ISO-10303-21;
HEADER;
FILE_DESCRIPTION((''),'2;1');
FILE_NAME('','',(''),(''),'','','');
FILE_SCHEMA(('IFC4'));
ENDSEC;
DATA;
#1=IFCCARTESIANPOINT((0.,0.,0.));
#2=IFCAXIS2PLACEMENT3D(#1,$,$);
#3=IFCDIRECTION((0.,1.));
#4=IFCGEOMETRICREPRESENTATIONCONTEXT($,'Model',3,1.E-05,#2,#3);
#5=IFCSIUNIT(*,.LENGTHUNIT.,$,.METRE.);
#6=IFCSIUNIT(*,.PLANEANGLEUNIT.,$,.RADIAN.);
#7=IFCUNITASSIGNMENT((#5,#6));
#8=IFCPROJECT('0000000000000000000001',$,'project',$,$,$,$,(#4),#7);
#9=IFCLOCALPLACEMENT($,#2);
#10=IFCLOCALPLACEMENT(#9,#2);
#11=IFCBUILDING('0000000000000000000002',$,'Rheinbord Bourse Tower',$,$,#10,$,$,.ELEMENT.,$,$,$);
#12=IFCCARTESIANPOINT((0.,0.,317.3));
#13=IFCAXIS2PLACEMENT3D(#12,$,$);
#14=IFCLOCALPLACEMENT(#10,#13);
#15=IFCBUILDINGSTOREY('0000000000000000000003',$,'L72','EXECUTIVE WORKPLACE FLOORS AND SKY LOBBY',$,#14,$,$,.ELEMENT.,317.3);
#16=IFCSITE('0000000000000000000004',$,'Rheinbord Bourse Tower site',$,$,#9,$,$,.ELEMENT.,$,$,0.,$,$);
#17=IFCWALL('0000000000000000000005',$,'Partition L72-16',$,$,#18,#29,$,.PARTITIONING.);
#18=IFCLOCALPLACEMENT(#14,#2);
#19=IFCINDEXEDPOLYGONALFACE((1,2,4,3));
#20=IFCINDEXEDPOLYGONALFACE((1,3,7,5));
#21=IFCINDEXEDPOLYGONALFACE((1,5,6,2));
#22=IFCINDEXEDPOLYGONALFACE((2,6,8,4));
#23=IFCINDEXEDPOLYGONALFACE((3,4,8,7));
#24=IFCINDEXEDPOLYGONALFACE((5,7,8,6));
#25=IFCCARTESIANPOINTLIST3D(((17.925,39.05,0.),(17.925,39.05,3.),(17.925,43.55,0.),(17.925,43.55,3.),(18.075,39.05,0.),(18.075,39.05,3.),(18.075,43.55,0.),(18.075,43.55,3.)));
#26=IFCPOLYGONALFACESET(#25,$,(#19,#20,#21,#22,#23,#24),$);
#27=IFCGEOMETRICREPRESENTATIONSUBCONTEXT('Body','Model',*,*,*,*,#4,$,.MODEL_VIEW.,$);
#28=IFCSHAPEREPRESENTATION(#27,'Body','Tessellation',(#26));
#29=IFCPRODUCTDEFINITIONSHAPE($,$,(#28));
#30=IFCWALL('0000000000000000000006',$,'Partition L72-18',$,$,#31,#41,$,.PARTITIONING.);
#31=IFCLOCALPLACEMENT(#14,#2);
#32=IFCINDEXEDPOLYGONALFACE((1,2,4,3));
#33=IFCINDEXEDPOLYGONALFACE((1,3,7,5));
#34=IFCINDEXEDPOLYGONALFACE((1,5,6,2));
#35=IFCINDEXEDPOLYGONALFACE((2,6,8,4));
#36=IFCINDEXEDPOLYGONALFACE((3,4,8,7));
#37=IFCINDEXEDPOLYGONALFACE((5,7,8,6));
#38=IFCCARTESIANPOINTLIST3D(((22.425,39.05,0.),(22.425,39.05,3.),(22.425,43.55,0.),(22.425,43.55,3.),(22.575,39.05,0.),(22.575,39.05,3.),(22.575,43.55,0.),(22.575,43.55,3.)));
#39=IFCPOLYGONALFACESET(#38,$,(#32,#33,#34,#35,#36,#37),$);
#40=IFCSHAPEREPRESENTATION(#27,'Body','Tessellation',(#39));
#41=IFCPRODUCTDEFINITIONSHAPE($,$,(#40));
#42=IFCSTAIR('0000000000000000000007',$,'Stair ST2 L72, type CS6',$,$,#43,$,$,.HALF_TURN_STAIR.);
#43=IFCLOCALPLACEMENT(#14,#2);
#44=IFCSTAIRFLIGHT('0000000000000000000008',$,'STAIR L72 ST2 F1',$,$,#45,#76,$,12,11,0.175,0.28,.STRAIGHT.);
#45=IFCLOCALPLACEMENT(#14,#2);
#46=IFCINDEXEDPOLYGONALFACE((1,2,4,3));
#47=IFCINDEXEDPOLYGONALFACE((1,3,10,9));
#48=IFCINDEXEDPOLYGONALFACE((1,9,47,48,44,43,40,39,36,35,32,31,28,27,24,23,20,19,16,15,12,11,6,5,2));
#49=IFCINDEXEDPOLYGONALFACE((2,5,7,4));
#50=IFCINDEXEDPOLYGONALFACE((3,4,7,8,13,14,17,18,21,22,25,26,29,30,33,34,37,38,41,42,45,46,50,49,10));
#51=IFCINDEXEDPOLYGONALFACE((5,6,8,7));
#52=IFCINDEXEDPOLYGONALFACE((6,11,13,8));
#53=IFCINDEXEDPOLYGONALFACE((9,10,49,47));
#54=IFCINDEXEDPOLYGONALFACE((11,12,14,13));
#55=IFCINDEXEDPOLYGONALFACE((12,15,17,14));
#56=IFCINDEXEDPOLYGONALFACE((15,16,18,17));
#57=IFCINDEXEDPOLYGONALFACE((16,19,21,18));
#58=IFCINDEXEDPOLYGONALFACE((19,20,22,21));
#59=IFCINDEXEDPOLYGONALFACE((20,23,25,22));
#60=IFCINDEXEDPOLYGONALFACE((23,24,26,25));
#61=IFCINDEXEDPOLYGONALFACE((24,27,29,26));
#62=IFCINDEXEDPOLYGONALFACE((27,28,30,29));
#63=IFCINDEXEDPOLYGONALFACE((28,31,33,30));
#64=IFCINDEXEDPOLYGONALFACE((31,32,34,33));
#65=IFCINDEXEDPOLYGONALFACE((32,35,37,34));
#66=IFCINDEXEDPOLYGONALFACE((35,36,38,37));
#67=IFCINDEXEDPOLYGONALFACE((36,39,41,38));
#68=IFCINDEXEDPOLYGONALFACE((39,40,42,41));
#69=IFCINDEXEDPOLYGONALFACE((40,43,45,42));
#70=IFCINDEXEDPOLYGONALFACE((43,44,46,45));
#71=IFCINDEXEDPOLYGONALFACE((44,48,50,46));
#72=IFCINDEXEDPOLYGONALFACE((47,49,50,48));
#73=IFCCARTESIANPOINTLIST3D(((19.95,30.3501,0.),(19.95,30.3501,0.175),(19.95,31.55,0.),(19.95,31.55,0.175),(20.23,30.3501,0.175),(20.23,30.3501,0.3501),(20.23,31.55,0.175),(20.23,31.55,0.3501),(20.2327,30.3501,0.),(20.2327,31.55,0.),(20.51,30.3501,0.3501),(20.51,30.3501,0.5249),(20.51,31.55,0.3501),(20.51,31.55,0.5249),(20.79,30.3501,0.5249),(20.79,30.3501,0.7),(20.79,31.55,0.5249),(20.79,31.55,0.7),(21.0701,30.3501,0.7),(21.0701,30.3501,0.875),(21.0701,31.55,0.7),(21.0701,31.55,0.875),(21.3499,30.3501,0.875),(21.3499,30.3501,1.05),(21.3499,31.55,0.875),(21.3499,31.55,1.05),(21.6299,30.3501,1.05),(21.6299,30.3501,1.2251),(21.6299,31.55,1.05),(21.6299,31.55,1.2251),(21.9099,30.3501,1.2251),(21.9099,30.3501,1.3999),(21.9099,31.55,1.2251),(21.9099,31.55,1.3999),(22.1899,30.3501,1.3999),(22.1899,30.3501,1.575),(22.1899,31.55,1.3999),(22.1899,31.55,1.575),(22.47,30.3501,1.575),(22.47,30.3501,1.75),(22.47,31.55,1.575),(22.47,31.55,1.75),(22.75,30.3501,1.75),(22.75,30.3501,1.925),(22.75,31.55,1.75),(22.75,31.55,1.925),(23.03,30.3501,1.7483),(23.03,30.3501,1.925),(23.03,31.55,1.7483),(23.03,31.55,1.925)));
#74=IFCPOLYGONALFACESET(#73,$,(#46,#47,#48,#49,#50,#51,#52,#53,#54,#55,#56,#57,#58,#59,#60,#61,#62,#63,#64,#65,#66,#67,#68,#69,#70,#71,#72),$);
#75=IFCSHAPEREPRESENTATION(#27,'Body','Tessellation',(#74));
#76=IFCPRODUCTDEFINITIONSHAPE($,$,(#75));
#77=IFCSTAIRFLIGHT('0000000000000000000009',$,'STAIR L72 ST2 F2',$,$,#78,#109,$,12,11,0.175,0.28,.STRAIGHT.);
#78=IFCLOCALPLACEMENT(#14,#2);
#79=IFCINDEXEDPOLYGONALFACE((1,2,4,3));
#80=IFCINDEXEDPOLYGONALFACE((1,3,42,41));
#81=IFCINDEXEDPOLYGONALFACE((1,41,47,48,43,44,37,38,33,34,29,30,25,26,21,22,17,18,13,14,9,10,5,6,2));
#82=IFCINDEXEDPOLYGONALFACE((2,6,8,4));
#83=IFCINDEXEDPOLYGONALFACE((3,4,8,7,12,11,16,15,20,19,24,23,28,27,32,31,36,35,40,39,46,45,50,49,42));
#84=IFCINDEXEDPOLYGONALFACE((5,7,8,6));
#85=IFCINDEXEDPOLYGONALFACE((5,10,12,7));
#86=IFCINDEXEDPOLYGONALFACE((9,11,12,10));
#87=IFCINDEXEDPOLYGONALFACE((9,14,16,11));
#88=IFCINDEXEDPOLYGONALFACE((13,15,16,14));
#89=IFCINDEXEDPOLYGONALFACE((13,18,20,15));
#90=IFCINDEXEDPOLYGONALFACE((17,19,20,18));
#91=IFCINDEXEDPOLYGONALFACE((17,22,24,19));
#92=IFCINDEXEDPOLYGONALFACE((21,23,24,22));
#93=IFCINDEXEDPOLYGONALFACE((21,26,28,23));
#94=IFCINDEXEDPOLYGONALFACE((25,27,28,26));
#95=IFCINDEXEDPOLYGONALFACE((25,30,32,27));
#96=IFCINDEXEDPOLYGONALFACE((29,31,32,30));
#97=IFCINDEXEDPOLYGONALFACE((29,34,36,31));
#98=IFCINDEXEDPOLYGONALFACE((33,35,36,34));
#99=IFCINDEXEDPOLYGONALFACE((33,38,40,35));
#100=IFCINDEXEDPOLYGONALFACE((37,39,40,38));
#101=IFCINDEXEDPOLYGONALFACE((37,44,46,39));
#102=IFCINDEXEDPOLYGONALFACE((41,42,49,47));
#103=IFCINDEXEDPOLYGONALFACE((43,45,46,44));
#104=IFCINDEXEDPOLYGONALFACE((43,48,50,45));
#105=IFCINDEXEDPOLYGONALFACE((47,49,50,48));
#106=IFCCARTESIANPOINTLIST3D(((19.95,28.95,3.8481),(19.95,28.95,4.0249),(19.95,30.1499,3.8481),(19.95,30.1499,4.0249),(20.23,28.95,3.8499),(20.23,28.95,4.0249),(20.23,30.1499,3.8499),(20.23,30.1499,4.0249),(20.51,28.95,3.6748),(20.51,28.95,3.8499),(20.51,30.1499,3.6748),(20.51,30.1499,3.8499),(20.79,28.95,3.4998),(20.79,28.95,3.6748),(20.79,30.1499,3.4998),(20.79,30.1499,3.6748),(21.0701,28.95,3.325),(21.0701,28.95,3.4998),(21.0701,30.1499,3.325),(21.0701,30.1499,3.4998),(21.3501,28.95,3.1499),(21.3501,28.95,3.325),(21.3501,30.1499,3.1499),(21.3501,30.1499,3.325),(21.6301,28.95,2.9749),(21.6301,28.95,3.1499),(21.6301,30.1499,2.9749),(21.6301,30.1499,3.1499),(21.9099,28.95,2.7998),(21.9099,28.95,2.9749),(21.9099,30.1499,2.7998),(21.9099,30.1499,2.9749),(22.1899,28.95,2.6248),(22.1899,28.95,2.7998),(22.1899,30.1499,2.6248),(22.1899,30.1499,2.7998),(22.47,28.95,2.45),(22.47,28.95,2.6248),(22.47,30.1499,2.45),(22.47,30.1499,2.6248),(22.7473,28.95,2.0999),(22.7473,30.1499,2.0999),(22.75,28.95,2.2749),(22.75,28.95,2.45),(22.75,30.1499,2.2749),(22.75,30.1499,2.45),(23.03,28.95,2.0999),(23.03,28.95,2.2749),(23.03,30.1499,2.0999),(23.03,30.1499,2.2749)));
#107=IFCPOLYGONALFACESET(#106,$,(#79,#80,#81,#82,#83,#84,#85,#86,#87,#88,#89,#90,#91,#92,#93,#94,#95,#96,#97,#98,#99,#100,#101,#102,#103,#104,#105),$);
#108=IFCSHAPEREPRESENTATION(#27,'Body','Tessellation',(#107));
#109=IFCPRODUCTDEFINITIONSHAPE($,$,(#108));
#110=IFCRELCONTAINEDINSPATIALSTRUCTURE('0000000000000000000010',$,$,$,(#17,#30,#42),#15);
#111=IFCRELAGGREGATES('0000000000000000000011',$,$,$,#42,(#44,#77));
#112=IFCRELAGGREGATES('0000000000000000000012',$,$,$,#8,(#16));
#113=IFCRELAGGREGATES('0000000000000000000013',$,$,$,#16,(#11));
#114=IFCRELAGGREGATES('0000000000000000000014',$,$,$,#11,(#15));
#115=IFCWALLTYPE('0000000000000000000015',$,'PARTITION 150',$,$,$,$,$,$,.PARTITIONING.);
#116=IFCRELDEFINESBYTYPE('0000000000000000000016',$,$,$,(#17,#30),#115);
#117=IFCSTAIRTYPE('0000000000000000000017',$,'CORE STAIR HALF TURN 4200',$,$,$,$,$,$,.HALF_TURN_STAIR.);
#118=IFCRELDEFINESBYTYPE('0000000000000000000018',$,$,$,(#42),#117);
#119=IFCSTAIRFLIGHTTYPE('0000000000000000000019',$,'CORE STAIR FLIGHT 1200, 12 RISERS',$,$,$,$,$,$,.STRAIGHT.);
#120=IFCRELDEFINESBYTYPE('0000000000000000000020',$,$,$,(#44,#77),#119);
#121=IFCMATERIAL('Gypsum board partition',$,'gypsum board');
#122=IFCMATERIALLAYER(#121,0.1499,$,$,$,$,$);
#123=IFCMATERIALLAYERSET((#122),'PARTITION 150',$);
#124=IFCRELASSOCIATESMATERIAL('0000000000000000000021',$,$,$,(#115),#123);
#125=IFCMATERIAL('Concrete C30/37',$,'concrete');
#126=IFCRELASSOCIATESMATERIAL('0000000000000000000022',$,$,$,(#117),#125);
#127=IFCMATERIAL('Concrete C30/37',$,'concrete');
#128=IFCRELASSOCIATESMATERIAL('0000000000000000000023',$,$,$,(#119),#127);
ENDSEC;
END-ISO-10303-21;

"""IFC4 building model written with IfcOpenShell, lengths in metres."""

from ifc_helpers import new_model, si_unit, direction, frame, frame_2d, origin, place, context, subcontext, project, spatial, polyline, rectangle, outline, extrude, material, layer, layer_set, type_object, element, aggregate, save


model = new_model("IFC4")

# Units and contexts
model_context = context("Model", 3, precision=1e-05, world=origin(), true_north=direction((0.0, 1.0)))
body_context = subcontext(model_context, "Body", "Model", "MODEL_VIEW")
ifc_project = project(units=[si_unit("LENGTHUNIT", "METRE"), si_unit("PLANEANGLEUNIT", "RADIAN")], contexts=[model_context])

# Site, building, storey
site_placement = place(None, origin())
site = spatial("IfcSite", under=ifc_project, at=site_placement, Name="Rheinbord Bourse Tower site", CompositionType="ELEMENT", RefElevation=0.0)
building_placement = place(site_placement, origin())
building = spatial("IfcBuilding", under=site, at=building_placement, Name="Rheinbord Bourse Tower", CompositionType="ELEMENT")
storey_placement = place(building_placement, frame((0.0, 0.0, 317.3)))
storey = spatial("IfcBuildingStorey", under=building, at=storey_placement, Name="L72", Description="EXECUTIVE WORKPLACE FLOORS AND SKY LOBBY", CompositionType="ELEMENT", Elevation=317.3)

# Walls
ifc_material_1 = material(Name="Gypsum board partition", Category="gypsum board")
ifc_layer_1 = layer(ifc_material_1, 0.1499)
ifc_layer_set_1 = layer_set([ifc_layer_1], Name="PARTITION 150")
wall_type_1 = type_object("IfcWallType", Name="PARTITION 150", PredefinedType="PARTITIONING", material=ifc_layer_set_1)
for number, where, z_axis, x_axis, name in (
    (1, (18.0, 39.05, 0.0), (0.0, 0.0, 1.0), (0.0, 1.0, 0.0), "Partition L72-16"),
    (2, (22.5, 39.05, 0.0), (0.0, 0.0, 1.0), (0.0, 1.0, 0.0), "Partition L72-18"),
):
    element("IfcWall", number, at=place(storey_placement, frame(where, z_axis=z_axis, x_axis=x_axis)), inside=storey, type_object=wall_type_1, Name=name, PredefinedType="PARTITIONING", context=body_context, shape_type="SweptSolid", body=[
        extrude(rectangle(XDim=4.5, YDim=0.1499, at=frame_2d((2.25, 0.0))), origin(), (0.0, 0.0, 1.0), 3.0),
    ])

# Stair, stair flights
ifc_material_2 = material(Name="Concrete C30/37", Category="concrete")
stair_type = type_object("IfcStairType", Name="CORE STAIR HALF TURN 4200", PredefinedType="HALF_TURN_STAIR", material=ifc_material_2)
stair_placement = place(storey_placement, origin())
stair = element("IfcStair", 3, at=stair_placement, inside=storey, type_object=stair_type, Name="Stair ST2 L72, type CS6", PredefinedType="HALF_TURN_STAIR")
ifc_material_3 = material(Name="Concrete C30/37", Category="concrete")
stair_flight_type = type_object("IfcStairFlightType", Name="CORE STAIR FLIGHT 1200, 12 RISERS", PredefinedType="STRAIGHT", material=ifc_material_3)
stair_flight_1_placement = place(storey_placement, frame((19.95, 30.95, 0.0), z_axis=(0.0, 0.0, 1.0), x_axis=(1.0, 0.0, 0.0)))
stair_flight_1 = element("IfcStairFlight", 4, at=stair_flight_1_placement, type_object=stair_flight_type, Name="STAIR L72 ST2 F1", NumberOfRisers=12, NumberOfTreads=11, PredefinedType="STRAIGHT", RiserHeight=0.175, TreadLength=0.28, context=body_context, shape_type="SweptSolid", body=[
    extrude(outline(polyline([(0.0, 0.0), (0.0, 0.175), (0.28, 0.175), (0.28, 0.3501), (0.5601, 0.3501), (0.5601, 0.5249), (0.8401, 0.5249), (0.8401, 0.7), (1.1201, 0.7), (1.1201, 0.875), (1.3999, 0.875), (1.3999, 1.05), (1.6799, 1.05), (1.6799, 1.2251), (1.96, 1.2251), (1.96, 1.3999), (2.24, 1.3999), (2.24, 1.575), (2.52, 1.575), (2.52, 1.75), (2.8, 1.75), (2.8, 1.925), (3.0801, 1.925), (3.0801, 2.1001), (3.0801, 1.7483), (0.2827, 0.0), (0.0, 0.0)])), frame((0.0, 0.6001, 0.0), z_axis=(0.0, -1.0, 0.0), x_axis=(1.0, 0.0, 0.0)), (0.0, 0.0, 1.0), 1.2),
])
stair_flight_2_placement = place(storey_placement, frame((23.03, 29.55, 2.0999), z_axis=(0.0, 0.0, 1.0), x_axis=(-1.0, 0.0, 0.0)))
stair_flight_2 = element("IfcStairFlight", 5, at=stair_flight_2_placement, type_object=stair_flight_type, Name="STAIR L72 ST2 F2", NumberOfRisers=12, NumberOfTreads=11, PredefinedType="STRAIGHT", RiserHeight=0.175, TreadLength=0.28, context=body_context, shape_type="SweptSolid", body=[
    extrude(outline(polyline([(0.0, 0.0), (0.0, 0.175), (0.28, 0.175), (0.28, 0.3501), (0.5601, 0.3501), (0.5601, 0.5249), (0.8401, 0.5249), (0.8401, 0.7), (1.1201, 0.7), (1.1201, 0.875), (1.3999, 0.875), (1.3999, 1.05), (1.6799, 1.05), (1.6799, 1.2251), (1.96, 1.2251), (1.96, 1.3999), (2.24, 1.3999), (2.24, 1.575), (2.52, 1.575), (2.52, 1.75), (2.8, 1.75), (2.8, 1.925), (3.0801, 1.925), (3.0801, 2.1001), (3.0801, 1.7483), (0.2827, 0.0), (0.0, 0.0)])), frame((0.0, 0.6001, 0.0), z_axis=(0.0, -1.0, 0.0), x_axis=(1.0, 0.0, 0.0)), (0.0, 0.0, 1.0), 1.2),
])
aggregate(stair, [stair_flight_1, stair_flight_2])

save(model, "model.ifc")
